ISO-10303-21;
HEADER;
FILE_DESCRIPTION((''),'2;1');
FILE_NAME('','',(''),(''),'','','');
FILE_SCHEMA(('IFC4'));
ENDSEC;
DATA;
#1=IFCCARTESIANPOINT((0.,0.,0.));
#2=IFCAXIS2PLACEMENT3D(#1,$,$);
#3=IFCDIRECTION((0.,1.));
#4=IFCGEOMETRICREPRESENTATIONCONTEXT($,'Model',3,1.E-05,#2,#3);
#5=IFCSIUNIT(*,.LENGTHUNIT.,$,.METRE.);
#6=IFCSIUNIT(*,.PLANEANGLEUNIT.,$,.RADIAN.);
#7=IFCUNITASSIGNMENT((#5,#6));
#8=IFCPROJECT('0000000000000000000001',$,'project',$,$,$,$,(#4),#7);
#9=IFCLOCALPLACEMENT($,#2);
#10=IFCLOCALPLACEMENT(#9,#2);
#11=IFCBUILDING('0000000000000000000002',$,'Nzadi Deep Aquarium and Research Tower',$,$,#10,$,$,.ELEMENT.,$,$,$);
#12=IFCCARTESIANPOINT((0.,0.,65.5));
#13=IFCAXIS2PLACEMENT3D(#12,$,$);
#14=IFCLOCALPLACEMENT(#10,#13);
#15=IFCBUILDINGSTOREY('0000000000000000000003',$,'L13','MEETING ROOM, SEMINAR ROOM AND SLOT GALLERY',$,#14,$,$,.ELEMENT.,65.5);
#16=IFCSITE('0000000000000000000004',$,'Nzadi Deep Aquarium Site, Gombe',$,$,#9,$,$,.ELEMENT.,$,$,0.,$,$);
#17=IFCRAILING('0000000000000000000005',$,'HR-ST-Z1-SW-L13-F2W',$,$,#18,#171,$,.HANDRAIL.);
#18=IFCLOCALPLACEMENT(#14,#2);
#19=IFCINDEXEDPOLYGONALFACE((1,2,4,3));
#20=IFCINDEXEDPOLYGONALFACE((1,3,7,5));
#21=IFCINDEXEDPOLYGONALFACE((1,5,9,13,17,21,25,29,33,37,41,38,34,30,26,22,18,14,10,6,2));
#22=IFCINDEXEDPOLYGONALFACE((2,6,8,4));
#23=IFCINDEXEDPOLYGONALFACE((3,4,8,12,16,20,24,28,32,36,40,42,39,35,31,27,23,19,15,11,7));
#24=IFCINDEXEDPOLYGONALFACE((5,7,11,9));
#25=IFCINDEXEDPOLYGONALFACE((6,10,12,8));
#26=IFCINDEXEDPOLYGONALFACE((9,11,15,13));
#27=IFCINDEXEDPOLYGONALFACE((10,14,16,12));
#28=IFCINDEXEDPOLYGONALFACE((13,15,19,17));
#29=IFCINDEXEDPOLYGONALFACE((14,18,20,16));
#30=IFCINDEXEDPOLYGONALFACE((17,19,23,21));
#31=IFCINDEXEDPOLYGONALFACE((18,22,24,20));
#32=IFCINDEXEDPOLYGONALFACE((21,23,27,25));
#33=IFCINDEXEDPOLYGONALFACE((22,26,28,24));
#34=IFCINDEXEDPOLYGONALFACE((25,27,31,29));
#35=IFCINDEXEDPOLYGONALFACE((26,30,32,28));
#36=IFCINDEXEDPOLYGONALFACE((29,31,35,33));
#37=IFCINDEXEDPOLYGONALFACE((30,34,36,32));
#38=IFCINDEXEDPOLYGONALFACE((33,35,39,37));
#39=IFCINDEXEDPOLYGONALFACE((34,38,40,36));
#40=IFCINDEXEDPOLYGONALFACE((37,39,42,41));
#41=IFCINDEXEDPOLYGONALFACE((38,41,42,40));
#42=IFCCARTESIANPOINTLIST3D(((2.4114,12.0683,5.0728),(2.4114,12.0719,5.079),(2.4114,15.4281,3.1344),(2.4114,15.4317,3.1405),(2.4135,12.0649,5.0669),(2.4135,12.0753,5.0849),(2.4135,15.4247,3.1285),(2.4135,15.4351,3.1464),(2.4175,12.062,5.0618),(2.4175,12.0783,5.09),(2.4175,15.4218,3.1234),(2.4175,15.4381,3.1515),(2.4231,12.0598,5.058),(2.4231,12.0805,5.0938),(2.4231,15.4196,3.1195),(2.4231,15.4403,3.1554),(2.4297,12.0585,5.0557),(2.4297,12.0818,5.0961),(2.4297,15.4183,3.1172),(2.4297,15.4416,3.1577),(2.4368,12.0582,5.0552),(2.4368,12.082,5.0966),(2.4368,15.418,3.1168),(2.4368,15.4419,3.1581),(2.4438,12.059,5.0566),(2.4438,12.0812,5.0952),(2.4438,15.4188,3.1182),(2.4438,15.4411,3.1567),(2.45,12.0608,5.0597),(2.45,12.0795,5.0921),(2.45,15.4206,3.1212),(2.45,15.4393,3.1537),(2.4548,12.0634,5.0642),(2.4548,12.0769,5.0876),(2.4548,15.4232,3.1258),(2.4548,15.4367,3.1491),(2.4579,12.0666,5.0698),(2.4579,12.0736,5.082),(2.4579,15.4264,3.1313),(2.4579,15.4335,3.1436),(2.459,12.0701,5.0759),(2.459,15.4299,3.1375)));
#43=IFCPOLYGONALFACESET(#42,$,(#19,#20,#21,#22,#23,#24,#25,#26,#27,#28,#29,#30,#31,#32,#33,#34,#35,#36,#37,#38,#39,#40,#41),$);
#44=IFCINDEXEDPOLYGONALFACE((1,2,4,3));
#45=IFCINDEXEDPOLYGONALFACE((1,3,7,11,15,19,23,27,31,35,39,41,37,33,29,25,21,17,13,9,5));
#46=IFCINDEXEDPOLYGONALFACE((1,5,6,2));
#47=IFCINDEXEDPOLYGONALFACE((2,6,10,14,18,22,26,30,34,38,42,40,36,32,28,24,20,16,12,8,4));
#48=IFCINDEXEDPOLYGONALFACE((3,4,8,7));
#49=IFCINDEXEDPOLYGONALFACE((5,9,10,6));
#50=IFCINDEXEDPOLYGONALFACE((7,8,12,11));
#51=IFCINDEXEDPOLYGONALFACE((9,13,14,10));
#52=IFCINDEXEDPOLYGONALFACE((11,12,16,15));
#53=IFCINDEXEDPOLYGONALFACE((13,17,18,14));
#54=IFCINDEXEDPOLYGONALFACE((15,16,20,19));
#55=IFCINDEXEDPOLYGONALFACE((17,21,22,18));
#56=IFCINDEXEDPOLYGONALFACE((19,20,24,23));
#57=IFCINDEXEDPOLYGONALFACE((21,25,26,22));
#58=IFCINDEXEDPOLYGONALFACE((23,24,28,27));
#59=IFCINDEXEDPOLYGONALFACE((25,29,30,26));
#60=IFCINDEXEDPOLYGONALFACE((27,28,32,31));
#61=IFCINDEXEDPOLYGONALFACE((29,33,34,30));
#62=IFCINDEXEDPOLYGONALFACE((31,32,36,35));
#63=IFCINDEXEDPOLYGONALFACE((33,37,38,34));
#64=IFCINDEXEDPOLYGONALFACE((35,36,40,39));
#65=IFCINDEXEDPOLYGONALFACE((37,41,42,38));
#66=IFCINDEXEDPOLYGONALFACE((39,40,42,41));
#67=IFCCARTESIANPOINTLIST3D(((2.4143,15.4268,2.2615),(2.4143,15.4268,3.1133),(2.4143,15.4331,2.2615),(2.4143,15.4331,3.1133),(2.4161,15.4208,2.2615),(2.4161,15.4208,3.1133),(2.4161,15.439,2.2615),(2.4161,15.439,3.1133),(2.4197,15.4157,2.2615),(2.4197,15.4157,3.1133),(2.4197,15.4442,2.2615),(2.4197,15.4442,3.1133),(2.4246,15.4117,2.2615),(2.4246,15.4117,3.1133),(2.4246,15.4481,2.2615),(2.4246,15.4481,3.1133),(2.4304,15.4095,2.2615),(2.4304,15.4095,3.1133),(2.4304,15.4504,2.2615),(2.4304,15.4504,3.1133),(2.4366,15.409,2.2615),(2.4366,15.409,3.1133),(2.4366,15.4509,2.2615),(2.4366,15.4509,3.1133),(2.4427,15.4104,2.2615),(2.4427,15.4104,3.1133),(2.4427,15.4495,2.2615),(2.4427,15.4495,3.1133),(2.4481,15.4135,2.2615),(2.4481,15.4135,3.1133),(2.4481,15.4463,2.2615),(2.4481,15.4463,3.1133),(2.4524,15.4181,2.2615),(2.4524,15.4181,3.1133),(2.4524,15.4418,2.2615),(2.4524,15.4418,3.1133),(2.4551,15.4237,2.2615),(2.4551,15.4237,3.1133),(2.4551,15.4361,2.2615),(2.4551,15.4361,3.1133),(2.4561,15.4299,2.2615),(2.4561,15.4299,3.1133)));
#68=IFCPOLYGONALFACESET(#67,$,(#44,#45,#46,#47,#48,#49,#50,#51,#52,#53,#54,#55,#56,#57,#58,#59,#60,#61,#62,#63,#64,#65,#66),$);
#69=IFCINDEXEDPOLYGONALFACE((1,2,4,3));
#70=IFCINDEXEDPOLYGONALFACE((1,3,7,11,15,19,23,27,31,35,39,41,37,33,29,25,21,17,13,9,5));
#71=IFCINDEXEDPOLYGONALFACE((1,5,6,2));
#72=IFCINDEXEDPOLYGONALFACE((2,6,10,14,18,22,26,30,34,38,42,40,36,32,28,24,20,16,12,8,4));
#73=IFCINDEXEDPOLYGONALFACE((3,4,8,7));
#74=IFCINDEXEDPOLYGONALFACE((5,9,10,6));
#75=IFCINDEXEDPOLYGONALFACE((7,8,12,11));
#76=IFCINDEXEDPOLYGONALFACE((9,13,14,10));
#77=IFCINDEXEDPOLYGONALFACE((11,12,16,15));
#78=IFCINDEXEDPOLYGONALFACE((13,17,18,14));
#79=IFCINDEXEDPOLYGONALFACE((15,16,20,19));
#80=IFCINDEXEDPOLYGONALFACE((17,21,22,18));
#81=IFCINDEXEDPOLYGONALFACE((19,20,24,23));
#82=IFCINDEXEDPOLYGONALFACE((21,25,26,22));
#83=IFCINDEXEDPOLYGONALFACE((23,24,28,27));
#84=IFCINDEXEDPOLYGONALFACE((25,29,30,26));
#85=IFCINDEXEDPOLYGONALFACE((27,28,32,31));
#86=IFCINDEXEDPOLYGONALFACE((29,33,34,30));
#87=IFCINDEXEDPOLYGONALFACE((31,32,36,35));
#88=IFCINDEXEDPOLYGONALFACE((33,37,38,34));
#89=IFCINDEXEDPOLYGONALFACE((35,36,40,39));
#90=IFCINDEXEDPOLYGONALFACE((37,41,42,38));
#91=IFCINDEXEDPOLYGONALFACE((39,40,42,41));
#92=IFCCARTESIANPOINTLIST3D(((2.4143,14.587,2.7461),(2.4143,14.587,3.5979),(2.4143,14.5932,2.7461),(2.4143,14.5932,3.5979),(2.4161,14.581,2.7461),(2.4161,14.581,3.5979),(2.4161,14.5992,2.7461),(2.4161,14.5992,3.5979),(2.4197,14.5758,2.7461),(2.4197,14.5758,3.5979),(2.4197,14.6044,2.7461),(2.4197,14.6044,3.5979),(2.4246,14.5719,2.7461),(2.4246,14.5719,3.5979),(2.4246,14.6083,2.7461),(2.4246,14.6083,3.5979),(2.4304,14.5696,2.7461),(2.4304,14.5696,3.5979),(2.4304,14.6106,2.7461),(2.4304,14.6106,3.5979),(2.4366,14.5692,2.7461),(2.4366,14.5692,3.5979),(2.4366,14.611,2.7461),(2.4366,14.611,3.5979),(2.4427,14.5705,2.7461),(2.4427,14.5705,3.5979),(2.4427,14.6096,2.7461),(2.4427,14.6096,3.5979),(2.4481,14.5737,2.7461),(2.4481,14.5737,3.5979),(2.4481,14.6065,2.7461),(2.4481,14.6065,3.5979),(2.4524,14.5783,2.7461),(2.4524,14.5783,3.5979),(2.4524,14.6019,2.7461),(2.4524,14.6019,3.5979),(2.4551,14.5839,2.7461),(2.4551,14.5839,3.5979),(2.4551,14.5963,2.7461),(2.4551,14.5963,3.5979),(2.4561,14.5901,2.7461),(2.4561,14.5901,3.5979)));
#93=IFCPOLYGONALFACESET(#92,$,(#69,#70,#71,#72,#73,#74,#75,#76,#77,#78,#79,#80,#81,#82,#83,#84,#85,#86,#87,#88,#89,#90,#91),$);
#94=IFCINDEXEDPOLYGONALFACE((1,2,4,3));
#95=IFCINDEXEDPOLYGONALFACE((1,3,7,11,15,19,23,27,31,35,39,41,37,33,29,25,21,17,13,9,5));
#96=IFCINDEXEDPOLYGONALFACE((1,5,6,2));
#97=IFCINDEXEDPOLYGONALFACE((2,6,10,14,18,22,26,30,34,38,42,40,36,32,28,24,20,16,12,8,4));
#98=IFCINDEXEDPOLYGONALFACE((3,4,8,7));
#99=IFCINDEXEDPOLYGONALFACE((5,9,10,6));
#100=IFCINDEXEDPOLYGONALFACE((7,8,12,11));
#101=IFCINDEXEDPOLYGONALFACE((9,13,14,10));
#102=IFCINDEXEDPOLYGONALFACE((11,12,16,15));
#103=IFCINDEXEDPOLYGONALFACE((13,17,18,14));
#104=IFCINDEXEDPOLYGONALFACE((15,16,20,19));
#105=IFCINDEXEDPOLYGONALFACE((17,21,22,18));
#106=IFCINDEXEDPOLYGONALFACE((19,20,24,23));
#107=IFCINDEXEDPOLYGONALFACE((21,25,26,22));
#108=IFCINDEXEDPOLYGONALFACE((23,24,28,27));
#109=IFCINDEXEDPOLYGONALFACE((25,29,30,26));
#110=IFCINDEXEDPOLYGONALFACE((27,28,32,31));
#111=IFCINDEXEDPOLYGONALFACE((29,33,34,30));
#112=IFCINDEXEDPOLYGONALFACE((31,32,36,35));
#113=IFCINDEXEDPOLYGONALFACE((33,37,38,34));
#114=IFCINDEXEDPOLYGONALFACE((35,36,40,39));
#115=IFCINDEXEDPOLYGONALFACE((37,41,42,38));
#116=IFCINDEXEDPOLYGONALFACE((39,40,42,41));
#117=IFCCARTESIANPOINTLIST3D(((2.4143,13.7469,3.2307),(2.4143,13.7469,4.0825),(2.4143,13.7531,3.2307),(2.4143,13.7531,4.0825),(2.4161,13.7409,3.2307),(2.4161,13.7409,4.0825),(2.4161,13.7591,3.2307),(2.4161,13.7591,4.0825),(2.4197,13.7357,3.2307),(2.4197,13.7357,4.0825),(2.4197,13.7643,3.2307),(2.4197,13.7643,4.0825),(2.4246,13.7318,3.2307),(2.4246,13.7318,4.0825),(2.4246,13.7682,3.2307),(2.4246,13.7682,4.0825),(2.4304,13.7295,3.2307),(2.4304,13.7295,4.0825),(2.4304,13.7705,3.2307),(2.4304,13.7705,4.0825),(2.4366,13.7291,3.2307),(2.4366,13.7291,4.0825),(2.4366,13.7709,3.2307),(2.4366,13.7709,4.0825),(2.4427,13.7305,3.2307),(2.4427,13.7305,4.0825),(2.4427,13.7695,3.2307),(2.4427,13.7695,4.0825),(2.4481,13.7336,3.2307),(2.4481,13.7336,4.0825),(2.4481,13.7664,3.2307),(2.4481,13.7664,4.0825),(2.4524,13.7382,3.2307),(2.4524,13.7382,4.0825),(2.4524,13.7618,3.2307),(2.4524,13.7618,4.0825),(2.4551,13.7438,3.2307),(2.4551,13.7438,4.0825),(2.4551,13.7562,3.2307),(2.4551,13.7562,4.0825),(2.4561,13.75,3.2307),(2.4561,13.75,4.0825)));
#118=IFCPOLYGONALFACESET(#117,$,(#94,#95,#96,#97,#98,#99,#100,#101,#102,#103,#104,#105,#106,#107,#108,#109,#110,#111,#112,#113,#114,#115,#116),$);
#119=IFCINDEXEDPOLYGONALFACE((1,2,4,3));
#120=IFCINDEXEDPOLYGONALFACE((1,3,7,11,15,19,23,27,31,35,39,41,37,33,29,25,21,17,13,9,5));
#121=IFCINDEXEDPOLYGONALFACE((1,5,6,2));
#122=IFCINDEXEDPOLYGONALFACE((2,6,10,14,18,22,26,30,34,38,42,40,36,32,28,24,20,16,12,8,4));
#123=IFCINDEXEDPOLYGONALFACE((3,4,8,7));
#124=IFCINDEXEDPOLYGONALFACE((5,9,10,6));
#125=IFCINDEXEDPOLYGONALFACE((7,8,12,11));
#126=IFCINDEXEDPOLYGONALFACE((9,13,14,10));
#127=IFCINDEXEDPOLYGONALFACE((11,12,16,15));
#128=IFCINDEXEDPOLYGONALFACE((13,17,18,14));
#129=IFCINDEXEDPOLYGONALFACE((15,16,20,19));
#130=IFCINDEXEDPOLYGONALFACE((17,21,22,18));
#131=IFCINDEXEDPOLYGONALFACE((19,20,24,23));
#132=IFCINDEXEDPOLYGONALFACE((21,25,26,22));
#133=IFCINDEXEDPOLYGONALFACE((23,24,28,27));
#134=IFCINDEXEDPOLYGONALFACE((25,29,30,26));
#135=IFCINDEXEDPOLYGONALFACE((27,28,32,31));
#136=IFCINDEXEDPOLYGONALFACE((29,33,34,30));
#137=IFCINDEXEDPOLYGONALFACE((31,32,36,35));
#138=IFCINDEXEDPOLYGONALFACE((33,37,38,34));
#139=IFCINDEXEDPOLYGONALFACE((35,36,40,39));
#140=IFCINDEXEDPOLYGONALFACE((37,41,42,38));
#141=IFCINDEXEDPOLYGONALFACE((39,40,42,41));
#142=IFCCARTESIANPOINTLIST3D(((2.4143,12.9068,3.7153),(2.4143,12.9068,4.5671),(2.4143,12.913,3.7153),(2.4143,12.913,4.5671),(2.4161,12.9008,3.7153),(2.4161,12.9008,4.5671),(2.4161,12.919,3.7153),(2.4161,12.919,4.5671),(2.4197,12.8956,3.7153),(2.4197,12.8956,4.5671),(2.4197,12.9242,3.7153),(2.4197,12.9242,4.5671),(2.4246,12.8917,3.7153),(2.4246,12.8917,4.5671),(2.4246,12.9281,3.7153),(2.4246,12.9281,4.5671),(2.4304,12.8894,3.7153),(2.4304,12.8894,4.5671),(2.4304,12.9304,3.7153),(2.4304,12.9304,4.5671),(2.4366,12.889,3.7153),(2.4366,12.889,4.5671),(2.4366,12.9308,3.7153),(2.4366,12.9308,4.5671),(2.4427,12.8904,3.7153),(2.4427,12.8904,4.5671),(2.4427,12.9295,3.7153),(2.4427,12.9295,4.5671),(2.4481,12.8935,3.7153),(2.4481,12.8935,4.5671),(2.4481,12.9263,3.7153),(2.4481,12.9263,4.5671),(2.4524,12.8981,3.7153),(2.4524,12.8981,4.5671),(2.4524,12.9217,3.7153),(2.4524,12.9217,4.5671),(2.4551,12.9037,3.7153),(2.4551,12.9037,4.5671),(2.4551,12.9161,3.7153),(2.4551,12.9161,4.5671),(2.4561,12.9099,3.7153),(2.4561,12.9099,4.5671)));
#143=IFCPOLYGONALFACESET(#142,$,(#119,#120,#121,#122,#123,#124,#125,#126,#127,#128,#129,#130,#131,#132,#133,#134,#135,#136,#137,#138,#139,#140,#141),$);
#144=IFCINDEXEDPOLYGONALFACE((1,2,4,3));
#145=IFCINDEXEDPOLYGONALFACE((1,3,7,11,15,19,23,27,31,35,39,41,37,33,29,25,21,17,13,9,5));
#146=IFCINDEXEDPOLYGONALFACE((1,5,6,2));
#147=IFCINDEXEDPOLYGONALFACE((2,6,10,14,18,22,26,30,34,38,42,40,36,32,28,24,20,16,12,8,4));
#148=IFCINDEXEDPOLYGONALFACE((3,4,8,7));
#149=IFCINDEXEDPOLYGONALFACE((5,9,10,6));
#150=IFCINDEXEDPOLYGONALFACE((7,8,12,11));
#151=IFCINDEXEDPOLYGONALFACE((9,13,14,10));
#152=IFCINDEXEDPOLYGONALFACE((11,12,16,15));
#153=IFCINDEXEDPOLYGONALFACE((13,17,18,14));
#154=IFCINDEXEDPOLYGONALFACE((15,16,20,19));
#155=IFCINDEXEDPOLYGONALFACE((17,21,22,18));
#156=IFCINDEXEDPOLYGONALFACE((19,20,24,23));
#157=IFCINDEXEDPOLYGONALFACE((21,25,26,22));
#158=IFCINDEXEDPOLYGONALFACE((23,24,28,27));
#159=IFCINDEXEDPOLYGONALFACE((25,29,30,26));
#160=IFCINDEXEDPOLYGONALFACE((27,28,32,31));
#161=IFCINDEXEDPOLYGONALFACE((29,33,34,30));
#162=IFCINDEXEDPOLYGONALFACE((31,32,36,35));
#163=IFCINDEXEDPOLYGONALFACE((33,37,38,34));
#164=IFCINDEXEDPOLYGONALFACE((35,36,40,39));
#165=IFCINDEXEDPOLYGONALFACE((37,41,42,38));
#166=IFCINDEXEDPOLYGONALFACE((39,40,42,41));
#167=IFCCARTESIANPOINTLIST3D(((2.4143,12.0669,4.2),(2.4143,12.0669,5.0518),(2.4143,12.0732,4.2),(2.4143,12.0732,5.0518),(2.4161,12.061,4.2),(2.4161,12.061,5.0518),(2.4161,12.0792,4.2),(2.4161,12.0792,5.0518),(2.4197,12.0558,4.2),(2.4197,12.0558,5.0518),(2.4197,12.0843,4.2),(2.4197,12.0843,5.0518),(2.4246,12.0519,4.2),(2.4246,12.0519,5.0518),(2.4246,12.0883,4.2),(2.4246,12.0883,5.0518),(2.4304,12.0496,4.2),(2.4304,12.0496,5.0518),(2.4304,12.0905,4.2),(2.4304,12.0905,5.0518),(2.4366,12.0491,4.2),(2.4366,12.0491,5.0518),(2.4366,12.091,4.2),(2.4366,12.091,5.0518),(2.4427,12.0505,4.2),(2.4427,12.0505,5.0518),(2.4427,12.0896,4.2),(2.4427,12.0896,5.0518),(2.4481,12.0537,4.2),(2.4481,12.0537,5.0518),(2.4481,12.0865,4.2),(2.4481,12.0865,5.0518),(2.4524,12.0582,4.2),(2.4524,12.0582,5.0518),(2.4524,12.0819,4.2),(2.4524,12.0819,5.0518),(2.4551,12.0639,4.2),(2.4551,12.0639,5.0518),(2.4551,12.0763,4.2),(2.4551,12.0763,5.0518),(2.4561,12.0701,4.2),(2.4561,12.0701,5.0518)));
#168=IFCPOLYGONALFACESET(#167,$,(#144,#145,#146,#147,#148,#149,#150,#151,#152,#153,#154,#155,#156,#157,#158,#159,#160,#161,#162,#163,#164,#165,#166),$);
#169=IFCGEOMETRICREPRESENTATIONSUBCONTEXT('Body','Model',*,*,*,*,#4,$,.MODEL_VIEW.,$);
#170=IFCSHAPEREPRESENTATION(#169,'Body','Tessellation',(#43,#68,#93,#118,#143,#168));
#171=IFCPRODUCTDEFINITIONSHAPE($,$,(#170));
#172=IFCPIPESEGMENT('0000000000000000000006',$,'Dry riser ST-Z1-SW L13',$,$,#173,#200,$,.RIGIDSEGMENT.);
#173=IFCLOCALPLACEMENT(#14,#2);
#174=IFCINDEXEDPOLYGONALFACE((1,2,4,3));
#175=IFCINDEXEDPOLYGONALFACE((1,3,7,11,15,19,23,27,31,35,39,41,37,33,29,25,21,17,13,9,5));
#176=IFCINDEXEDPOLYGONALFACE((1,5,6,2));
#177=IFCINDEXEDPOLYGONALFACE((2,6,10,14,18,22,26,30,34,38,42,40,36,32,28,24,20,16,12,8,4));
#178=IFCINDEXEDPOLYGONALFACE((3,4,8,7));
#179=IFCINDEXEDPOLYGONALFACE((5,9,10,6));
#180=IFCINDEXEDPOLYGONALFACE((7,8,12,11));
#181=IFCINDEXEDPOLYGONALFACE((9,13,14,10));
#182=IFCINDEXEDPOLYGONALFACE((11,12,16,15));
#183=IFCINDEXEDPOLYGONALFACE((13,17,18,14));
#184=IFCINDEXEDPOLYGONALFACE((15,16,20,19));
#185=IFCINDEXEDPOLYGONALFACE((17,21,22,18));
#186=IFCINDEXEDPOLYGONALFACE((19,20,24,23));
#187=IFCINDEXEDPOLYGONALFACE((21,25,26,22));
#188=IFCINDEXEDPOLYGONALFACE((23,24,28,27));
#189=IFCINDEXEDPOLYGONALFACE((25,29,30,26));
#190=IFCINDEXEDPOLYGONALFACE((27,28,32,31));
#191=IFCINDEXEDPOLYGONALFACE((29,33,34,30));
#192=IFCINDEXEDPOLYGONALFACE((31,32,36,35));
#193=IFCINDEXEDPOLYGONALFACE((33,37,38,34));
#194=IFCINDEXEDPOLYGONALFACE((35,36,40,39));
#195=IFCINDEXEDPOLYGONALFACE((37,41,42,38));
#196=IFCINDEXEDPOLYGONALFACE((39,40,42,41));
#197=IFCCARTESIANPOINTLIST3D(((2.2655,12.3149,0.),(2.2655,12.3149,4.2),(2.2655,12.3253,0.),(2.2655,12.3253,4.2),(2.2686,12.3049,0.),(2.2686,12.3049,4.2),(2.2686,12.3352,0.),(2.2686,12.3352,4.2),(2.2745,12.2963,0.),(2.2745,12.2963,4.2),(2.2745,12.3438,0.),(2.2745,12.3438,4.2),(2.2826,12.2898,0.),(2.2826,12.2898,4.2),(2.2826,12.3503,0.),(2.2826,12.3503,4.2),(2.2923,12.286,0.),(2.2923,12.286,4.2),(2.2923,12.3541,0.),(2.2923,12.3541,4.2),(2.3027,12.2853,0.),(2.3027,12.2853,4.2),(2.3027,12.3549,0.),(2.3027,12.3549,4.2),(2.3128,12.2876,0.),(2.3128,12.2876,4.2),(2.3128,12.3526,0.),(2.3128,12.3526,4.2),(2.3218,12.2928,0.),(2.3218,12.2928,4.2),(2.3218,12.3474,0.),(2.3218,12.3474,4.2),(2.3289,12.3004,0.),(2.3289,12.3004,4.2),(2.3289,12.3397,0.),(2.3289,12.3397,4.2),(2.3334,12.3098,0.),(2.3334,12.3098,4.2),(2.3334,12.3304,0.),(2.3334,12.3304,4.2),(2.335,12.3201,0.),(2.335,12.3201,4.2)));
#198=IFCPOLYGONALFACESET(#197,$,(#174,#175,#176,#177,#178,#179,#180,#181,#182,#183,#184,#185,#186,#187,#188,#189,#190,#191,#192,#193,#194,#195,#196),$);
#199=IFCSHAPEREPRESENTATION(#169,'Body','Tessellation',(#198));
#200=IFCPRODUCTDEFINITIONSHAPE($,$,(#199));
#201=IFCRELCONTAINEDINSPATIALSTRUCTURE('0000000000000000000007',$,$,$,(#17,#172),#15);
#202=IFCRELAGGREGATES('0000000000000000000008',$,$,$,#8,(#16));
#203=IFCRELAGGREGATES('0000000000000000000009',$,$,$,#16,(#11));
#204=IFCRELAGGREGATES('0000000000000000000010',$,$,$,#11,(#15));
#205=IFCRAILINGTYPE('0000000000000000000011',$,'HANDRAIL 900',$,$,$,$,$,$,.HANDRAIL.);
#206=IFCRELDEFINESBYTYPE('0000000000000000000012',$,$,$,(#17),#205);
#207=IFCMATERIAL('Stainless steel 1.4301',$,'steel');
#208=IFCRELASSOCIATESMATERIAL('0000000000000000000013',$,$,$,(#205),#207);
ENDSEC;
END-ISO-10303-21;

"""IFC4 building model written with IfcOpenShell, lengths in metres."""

from ifc_helpers import new_model, si_unit, direction, frame, origin, origin_2d, place, context, subcontext, project, spatial, circle, extrude, material, type_object, element, save


model = new_model("IFC4")

# Units and contexts
model_context = context("Model", 3, precision=1e-05, world=origin(), true_north=direction((0.0, 1.0)))
body_context = subcontext(model_context, "Body", "Model", "MODEL_VIEW")
ifc_project = project(units=[si_unit("LENGTHUNIT", "METRE"), si_unit("PLANEANGLEUNIT", "RADIAN")], contexts=[model_context])

# Site, building, storey
site_placement = place(None, origin())
site = spatial("IfcSite", under=ifc_project, at=site_placement, Name="Nzadi Deep Aquarium Site, Gombe", CompositionType="ELEMENT", RefElevation=0.0)
building_placement = place(site_placement, origin())
building = spatial("IfcBuilding", under=site, at=building_placement, Name="Nzadi Deep Aquarium and Research Tower", CompositionType="ELEMENT")
storey_placement = place(building_placement, frame((0.0, 0.0, 65.5)))
storey = spatial("IfcBuildingStorey", under=building, at=storey_placement, Name="L13", Description="MEETING ROOM, SEMINAR ROOM AND SLOT GALLERY", CompositionType="ELEMENT", Elevation=65.5)

# Railing
ifc_material_1 = material(Name="Stainless steel 1.4301", Category="steel")
railing_type = type_object("IfcRailingType", Name="HANDRAIL 900", PredefinedType="HANDRAIL", material=ifc_material_1)
for number, where, name in (
    (1, (2.4351, 15.4299, 2.2615), "HR-ST-Z1-SW-L13-F2W"),
):
    element("IfcRailing", number, at=place(storey_placement, frame(where)), inside=storey, type_object=railing_type, Name=name, PredefinedType="HANDRAIL", context=body_context, shape_type="SweptSolid", body=[
        extrude(circle(Radius=0.0239, at=origin_2d()), frame((0.0, 0.0, 0.876), z_axis=(0.0, -0.866175, 0.499741), x_axis=(1.0, 0.0, 0.0)), (0.0, 0.0, 1.0), 3.8789),
        extrude(circle(Radius=0.021, at=origin_2d()), origin(), (0.0, 0.0, 1.0), 0.8518),
        extrude(circle(Radius=0.021, at=origin_2d()), frame((0.0, -0.8398, 0.4846)), (0.0, 0.0, 1.0), 0.8518),
        extrude(circle(Radius=0.021, at=origin_2d()), frame((0.0, -1.6799, 0.9692)), (0.0, 0.0, 1.0), 0.8518),
        extrude(circle(Radius=0.021, at=origin_2d()), frame((0.0, -2.52, 1.4539)), (0.0, 0.0, 1.0), 0.8518),
        extrude(circle(Radius=0.021, at=origin_2d()), frame((0.0, -3.3599, 1.9385)), (0.0, 0.0, 1.0), 0.8518),
    ])

# Pipe segment
pipe_segment_placement = place(storey_placement, frame((2.3, 12.3201, 0.0), z_axis=(0.0, 0.0, 1.0), x_axis=(1.0, 0.0, 0.0)))
element("IfcPipeSegment", 2, at=pipe_segment_placement, inside=storey, Name="Dry riser ST-Z1-SW L13", PredefinedType="RIGIDSEGMENT", context=body_context, shape_type="SweptSolid", body=[
    extrude(circle(Radius=0.0349, at=origin_2d()), origin(), (0.0, 0.0, 1.0), 4.2),
])

save(model, "model.ifc")
